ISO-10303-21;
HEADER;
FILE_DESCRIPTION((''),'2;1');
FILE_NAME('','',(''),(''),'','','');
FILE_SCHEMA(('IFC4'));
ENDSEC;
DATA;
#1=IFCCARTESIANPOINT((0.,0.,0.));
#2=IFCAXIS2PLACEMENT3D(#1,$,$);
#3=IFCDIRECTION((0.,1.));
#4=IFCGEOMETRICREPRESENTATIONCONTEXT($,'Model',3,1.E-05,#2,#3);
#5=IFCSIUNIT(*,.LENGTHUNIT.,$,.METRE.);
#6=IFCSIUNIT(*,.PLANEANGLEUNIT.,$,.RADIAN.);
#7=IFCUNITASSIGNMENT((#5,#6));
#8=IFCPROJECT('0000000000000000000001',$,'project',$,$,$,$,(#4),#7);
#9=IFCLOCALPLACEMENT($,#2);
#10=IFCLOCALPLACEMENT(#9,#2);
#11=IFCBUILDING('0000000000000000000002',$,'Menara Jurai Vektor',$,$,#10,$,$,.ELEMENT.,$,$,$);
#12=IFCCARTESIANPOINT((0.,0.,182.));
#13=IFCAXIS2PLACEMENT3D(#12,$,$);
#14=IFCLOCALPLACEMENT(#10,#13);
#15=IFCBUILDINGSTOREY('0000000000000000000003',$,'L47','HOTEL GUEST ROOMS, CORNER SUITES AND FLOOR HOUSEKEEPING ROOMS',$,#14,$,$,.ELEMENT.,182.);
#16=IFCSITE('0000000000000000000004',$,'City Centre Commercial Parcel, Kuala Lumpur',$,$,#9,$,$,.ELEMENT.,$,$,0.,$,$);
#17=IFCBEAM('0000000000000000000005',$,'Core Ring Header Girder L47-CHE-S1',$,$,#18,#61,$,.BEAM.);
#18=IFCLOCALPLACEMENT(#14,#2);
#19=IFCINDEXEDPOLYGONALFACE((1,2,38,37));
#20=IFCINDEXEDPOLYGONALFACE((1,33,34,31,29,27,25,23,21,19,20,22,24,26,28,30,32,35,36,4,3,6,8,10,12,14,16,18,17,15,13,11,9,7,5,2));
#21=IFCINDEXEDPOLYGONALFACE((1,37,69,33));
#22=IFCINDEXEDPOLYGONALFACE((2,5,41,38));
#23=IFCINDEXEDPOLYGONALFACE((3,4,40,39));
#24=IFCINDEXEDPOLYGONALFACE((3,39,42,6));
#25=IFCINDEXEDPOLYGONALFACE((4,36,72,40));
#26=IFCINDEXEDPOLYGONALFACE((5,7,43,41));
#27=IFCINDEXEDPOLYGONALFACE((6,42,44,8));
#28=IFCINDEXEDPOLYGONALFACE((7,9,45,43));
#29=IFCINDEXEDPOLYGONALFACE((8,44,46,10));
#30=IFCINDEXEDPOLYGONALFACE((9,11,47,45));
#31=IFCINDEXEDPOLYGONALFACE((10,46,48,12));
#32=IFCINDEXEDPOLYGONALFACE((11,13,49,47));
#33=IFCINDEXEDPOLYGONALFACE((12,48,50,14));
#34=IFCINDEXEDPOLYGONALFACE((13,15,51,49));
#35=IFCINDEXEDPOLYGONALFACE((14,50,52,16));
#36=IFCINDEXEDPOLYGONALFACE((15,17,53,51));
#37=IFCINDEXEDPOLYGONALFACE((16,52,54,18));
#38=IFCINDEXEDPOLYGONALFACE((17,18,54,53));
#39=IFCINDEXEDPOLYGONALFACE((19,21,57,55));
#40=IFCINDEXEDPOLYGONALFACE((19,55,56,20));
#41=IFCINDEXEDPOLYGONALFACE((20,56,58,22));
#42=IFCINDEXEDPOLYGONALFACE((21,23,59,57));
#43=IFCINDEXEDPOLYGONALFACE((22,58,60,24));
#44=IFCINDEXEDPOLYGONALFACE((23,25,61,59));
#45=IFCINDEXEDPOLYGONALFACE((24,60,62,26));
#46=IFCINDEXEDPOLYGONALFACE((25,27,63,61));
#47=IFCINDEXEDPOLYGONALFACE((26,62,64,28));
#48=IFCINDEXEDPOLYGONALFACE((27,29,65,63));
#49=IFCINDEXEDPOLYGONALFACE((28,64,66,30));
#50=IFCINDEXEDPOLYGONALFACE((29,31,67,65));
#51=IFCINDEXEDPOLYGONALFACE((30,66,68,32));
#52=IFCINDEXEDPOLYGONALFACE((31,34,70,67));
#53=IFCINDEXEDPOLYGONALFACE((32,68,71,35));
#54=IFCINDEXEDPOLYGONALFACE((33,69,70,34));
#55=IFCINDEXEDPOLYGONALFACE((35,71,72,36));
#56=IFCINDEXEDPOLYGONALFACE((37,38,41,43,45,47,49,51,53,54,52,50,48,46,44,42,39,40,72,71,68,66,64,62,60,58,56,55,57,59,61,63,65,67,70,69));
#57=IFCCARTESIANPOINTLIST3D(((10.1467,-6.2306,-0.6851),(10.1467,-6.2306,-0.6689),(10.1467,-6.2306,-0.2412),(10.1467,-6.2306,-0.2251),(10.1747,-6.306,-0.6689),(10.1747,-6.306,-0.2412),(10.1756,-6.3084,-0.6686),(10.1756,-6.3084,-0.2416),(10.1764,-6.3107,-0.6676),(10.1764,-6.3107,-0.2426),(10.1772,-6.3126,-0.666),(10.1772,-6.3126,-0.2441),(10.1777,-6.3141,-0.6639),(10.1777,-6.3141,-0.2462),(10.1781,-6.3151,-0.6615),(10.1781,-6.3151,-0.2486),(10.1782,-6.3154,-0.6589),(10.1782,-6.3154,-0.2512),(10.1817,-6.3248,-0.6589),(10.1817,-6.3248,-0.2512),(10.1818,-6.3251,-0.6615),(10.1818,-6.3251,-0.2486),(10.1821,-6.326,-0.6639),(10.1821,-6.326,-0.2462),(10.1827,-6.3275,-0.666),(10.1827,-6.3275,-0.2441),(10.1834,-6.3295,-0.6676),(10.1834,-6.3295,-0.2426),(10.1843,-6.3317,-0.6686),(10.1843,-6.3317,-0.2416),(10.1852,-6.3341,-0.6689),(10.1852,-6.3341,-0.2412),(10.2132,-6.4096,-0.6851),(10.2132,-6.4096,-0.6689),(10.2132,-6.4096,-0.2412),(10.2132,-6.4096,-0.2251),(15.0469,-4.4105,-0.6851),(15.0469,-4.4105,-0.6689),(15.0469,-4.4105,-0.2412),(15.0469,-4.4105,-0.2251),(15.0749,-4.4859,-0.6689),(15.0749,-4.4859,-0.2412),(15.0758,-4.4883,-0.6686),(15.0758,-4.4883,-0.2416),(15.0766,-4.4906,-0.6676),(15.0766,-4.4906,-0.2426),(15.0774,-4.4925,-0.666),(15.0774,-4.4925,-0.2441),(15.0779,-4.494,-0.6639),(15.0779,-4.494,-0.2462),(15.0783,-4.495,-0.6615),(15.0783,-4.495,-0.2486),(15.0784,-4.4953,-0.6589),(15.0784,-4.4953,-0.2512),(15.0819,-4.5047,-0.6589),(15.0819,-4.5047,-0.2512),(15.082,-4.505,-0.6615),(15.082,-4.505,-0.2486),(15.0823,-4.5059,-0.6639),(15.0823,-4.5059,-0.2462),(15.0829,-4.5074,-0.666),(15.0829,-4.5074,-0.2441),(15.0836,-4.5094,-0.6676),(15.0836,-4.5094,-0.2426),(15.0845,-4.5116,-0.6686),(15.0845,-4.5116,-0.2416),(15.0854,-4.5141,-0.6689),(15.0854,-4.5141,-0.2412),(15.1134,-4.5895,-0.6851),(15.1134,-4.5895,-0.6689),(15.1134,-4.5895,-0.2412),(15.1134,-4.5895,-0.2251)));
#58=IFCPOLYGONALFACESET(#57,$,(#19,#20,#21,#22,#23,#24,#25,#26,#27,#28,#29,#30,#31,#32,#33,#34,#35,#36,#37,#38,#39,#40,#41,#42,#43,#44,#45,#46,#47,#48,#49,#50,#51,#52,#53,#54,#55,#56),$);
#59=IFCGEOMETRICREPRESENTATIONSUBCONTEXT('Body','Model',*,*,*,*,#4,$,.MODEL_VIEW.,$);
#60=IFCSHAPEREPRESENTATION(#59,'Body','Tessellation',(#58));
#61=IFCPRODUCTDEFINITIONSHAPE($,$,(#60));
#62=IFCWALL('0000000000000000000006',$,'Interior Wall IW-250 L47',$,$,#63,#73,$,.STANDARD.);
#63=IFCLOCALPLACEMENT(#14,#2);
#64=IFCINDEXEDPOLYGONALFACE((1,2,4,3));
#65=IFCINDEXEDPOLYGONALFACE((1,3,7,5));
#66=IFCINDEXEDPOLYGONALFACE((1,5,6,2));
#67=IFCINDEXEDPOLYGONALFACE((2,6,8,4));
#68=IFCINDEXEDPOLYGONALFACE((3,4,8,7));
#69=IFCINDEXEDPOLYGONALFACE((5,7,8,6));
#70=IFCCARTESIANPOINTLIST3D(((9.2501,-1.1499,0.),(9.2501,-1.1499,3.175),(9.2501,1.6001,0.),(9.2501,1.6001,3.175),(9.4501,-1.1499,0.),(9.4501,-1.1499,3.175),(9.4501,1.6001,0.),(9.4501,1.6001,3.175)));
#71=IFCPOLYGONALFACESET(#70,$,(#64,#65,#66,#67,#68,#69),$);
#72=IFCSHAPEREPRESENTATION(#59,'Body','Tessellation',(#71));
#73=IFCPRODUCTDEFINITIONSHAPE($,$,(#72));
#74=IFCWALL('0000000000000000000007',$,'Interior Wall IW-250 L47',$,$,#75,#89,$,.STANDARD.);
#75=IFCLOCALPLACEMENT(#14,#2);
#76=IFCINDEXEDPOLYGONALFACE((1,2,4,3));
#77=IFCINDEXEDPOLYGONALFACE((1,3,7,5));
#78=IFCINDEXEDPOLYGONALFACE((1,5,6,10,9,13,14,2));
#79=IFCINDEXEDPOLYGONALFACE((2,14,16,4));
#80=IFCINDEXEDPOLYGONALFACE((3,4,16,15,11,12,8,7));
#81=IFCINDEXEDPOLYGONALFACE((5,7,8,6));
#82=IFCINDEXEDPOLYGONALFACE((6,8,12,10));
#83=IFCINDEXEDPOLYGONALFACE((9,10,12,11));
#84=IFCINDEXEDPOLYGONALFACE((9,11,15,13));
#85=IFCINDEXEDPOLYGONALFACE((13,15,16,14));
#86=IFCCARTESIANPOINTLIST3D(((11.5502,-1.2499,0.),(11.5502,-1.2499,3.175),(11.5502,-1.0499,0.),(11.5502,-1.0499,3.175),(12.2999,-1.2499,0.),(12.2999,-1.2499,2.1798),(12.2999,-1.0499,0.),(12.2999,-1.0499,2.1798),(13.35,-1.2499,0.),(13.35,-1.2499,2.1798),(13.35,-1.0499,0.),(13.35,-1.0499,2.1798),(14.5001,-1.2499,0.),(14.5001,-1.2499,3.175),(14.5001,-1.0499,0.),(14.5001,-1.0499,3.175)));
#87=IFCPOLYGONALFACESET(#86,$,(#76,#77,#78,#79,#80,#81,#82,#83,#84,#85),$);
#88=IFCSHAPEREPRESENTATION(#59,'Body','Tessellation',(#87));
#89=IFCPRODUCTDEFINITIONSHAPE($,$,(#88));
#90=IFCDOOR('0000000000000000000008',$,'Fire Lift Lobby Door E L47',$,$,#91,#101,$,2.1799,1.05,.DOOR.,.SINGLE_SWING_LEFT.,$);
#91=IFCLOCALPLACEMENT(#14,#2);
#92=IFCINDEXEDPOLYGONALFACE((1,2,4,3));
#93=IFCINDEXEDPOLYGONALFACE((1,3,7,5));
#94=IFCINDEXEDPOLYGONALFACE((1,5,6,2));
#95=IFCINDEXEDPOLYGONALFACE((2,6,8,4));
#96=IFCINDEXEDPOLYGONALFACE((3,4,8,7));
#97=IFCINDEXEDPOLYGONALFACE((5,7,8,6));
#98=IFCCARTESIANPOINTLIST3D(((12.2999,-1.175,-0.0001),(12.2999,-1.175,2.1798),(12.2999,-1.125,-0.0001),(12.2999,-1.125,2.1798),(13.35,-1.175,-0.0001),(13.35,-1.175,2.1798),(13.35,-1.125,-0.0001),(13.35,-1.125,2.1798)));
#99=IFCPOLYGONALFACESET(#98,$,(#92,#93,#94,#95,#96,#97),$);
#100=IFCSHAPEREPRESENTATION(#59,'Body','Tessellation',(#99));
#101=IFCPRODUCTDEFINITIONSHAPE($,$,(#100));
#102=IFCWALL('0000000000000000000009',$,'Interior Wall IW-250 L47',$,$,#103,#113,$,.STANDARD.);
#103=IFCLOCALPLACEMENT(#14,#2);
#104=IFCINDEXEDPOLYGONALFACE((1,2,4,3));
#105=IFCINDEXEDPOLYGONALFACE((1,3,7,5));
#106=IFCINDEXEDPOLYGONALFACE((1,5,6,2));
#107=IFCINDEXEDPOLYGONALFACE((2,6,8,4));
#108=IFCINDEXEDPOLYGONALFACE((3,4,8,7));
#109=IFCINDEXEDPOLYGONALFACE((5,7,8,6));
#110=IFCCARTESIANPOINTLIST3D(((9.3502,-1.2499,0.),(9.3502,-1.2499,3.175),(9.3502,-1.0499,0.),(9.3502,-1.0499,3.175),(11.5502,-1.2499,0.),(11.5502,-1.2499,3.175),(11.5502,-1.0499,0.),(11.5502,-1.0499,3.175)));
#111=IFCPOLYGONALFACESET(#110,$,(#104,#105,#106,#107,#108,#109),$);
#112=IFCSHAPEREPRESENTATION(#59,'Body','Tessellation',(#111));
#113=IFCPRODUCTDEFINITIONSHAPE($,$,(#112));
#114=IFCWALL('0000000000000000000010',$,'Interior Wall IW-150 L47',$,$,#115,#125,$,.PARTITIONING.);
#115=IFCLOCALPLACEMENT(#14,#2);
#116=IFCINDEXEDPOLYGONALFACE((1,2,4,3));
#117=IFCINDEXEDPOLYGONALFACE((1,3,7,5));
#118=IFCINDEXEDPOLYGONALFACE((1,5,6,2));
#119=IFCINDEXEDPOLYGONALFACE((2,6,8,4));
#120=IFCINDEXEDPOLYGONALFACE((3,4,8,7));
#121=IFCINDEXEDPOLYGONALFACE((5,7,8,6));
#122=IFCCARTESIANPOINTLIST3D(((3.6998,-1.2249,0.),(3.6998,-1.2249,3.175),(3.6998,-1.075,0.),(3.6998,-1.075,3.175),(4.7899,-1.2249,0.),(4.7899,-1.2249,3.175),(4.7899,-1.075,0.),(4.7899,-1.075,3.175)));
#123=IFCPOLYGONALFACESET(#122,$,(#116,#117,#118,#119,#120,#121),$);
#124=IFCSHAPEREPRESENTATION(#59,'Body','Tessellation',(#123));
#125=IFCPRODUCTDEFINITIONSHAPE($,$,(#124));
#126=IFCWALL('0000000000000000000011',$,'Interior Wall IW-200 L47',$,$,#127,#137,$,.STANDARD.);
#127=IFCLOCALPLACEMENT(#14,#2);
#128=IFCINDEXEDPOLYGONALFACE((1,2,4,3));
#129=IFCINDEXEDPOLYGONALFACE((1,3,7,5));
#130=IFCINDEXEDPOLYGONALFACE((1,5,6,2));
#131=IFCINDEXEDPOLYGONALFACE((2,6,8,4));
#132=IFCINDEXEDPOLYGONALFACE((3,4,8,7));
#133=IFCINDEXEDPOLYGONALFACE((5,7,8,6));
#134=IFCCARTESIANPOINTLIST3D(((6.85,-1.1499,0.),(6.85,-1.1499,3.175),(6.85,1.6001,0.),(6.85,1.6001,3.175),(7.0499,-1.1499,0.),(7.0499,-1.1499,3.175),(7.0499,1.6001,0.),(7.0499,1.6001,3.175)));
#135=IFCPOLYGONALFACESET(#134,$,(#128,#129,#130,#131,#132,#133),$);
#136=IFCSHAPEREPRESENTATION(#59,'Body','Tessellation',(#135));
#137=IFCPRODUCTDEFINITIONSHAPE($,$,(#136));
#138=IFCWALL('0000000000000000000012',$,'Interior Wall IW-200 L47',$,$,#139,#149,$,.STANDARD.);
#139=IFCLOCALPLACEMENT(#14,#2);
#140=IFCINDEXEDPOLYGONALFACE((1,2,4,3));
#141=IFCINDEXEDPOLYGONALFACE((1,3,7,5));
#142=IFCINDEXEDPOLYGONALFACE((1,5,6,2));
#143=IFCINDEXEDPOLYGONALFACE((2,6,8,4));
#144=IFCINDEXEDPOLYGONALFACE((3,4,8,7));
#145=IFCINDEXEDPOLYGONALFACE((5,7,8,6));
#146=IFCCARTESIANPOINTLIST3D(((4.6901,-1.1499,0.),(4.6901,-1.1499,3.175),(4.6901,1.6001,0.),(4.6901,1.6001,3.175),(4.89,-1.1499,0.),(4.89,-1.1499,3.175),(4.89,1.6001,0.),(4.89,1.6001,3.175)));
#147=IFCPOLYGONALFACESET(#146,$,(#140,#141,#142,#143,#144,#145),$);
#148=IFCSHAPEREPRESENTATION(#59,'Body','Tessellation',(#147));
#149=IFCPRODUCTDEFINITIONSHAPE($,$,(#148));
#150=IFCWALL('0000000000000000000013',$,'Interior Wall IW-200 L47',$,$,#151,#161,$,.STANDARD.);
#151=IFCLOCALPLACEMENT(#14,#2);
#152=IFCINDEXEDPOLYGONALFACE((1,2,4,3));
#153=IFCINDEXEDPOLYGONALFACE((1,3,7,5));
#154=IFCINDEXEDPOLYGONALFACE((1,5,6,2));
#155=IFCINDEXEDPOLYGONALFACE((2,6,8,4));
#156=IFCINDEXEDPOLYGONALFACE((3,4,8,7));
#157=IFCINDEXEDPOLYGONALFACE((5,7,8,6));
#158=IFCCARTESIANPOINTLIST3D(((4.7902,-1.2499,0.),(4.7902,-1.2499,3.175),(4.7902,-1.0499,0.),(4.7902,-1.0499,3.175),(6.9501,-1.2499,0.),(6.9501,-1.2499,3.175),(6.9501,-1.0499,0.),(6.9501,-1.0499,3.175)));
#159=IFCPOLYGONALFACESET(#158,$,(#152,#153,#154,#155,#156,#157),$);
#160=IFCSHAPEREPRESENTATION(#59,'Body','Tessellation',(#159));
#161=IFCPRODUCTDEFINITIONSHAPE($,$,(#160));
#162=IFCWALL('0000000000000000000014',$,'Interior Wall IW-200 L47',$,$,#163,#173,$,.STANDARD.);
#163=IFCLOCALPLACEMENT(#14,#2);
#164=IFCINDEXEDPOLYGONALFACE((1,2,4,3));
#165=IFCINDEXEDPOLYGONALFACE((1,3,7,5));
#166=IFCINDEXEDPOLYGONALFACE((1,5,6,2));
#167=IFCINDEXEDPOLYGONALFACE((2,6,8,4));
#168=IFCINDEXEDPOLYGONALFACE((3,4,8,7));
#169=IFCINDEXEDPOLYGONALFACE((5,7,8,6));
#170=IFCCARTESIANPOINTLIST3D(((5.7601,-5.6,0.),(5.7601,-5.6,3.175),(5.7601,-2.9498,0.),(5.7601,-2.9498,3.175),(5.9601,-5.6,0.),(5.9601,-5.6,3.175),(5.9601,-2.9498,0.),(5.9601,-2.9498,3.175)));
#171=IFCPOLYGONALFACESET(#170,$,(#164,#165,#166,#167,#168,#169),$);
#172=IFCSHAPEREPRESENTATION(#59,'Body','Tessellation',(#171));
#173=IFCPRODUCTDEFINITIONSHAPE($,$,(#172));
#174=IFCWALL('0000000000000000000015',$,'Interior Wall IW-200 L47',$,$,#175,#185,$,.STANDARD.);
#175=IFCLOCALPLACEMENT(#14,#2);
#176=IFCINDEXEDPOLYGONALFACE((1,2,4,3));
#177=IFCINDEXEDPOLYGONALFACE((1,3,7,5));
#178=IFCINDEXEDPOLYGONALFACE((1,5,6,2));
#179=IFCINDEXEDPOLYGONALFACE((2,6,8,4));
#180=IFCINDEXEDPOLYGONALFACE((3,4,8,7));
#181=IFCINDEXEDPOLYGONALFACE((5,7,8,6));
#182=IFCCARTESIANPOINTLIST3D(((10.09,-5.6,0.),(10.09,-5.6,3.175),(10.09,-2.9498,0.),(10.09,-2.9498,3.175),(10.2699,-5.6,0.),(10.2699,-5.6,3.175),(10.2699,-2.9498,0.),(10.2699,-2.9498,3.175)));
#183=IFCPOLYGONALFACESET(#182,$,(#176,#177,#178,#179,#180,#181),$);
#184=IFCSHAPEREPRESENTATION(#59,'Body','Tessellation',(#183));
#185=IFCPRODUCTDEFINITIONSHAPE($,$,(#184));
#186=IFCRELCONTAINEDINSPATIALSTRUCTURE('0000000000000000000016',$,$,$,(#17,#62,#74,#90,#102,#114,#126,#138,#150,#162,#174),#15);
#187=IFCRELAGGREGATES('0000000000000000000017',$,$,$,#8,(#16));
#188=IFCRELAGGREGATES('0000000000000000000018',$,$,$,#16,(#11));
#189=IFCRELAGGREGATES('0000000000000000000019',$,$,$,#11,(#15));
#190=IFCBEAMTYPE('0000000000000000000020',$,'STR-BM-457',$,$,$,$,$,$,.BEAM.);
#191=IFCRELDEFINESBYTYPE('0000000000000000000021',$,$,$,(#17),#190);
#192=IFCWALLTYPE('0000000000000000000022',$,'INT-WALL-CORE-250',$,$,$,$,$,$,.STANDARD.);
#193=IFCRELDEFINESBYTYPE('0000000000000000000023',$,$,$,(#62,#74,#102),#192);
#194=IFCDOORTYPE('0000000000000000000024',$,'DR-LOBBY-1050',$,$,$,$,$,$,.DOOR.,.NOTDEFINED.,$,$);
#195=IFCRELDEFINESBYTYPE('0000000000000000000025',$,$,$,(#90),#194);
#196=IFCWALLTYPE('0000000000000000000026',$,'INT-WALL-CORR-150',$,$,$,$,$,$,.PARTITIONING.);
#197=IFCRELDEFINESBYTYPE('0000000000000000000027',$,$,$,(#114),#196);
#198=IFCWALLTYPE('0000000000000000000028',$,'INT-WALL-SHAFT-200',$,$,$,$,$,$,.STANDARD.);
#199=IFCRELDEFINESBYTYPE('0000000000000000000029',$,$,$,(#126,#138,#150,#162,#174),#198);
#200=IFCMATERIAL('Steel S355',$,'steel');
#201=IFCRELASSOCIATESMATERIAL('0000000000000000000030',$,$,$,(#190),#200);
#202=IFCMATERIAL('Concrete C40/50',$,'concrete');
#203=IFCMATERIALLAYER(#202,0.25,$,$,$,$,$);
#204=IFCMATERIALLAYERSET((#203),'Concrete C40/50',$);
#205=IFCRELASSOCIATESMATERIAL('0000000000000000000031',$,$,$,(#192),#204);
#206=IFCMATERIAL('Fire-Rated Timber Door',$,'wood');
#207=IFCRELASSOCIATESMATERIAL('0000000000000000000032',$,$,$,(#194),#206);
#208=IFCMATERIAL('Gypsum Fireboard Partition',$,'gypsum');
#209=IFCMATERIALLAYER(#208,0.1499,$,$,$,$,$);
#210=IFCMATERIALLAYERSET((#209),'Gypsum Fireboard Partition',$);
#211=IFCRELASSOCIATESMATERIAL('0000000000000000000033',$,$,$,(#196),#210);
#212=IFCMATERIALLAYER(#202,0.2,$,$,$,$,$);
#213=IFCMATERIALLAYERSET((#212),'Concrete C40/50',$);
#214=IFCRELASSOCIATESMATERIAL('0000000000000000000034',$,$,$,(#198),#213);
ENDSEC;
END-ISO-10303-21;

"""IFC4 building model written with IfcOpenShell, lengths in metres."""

from ifc_helpers import new_model, si_unit, direction, frame, frame_2d, origin, origin_2d, place, context, subcontext, project, spatial, rectangle, i_section, extrude, material, layer, layer_set, material_profile, profile_set, type_object, element, fill, save


model = new_model("IFC4")

# Units and contexts
model_context = context("Model", 3, precision=1e-05, world=origin(), true_north=direction((0.0, 1.0)))
body_context = subcontext(model_context, "Body", "Model", "MODEL_VIEW")
ifc_project = project(units=[si_unit("LENGTHUNIT", "METRE"), si_unit("PLANEANGLEUNIT", "RADIAN")], contexts=[model_context])

# Site, building, storey
site_placement = place(None, origin())
site = spatial("IfcSite", under=ifc_project, at=site_placement, Name="City Centre Commercial Parcel, Kuala Lumpur", CompositionType="ELEMENT", RefElevation=0.0)
building_placement = place(site_placement, origin())
building = spatial("IfcBuilding", under=site, at=building_placement, Name="Menara Jurai Vektor", CompositionType="ELEMENT")
storey_placement = place(building_placement, frame((0.0, 0.0, 182.0)))
storey = spatial("IfcBuildingStorey", under=building, at=storey_placement, Name="L47", Description="HOTEL GUEST ROOMS, CORNER SUITES AND FLOOR HOUSEKEEPING ROOMS", CompositionType="ELEMENT", Elevation=182.0)

# Beam
ifc_material_1 = material(Name="Steel S355", Category="steel")
ifc_material_profile = material_profile(ifc_material_1, i_section(OverallWidth=0.1909, OverallDepth=0.46, WebThickness=0.01, FlangeThickness=0.0161, FilletRadius=0.01, at=origin_2d()), Name="UKB 457x191x82")
ifc_profile_set = profile_set([ifc_material_profile], Name="Steel S355")
beam_type = type_object("IfcBeamType", Name="STR-BM-457", PredefinedType="BEAM", material=ifc_profile_set)
beam_placement = place(storey_placement, frame((10.1799, -6.3201, -0.4551), z_axis=(0.937424, 0.348189, 0.0), x_axis=(-0.348189, 0.937424, 0.0)))
element("IfcBeam", 1, at=beam_placement, inside=storey, type_object=beam_type, Name="Core Ring Header Girder L47-CHE-S1", PredefinedType="BEAM", context=body_context, shape_type="SweptSolid", body=[
    extrude(i_section(OverallWidth=0.1909, OverallDepth=0.46, WebThickness=0.01, FlangeThickness=0.0161, FilletRadius=0.01, at=origin_2d()), origin(), (0.0, 0.0, 1.0), 5.2273),
])

# Shared definitions
ifc_material_2 = material(Name="Concrete C40/50", Category="concrete")
ifc_layer_1 = layer(ifc_material_2, 0.25)
ifc_layer_set_1 = layer_set([ifc_layer_1], Name="Concrete C40/50")
wall_type_1 = type_object("IfcWallType", Name="INT-WALL-CORE-250", PredefinedType="STANDARD", material=ifc_layer_set_1)

# Wall
wall_1_placement = place(storey_placement, frame((9.3501, -1.1499, 0.0), z_axis=(0.0, 0.0, 1.0), x_axis=(0.0, 1.0, 0.0)))
element("IfcWall", 2, at=wall_1_placement, inside=storey, type_object=wall_type_1, Name="Interior Wall IW-250 L47", PredefinedType="STANDARD", context=body_context, shape_type="SweptSolid", body=[
    extrude(rectangle(XDim=2.75, YDim=0.2, at=frame_2d((1.375, 0.0))), origin(), (0.0, 0.0, 1.0), 3.175),
])

# Wall, opening, door
wall_2_placement = place(storey_placement, frame((11.55, -1.1499, 0.0), z_axis=(0.0, 0.0, 1.0), x_axis=(1.0, 0.0, 0.0)))
wall_2 = element("IfcWall", 3, at=wall_2_placement, inside=storey, type_object=wall_type_1, Name="Interior Wall IW-250 L47", PredefinedType="STANDARD", context=body_context, shape_type="SweptSolid", body=[
    extrude(rectangle(XDim=2.95, YDim=0.2, at=frame_2d((1.4751, 0.0))), origin(), (0.0, 0.0, 1.0), 3.175),
])
opening_1_placement = place(wall_2_placement, frame((0.75, 0.0, 0.0)))
opening_1 = element("IfcOpeningElement", 4, at=opening_1_placement, cuts=wall_2, PredefinedType="OPENING", context=body_context, shape_type="SweptSolid", body=[
    extrude(rectangle(XDim=1.05, YDim=2.1799, at=frame_2d((0.5249, 1.0898))), frame((0.0, 0.1099, 0.0), z_axis=(0.0, -1.0, 0.0), x_axis=(1.0, 0.0, 0.0)), (0.0, 0.0, 1.0), 0.22),
])
ifc_material_3 = material(Name="Fire-Rated Timber Door", Category="wood")
door_type_1 = type_object("IfcDoorType", Name="DR-LOBBY-1050", OperationType="NOTDEFINED", PredefinedType="DOOR", material=ifc_material_3)
door_1_placement = place(opening_1_placement, origin())
door_1 = element("IfcDoor", 5, at=door_1_placement, inside=storey, type_object=door_type_1, Name="Fire Lift Lobby Door E L47", OperationType="SINGLE_SWING_LEFT", OverallHeight=2.1799, OverallWidth=1.05, PredefinedType="DOOR", context=body_context, shape_type="SweptSolid", body=[
    extrude(rectangle(XDim=1.05, YDim=2.1799, at=frame_2d((0.5249, 1.0898))), frame((0.0, 0.0249, 0.0), z_axis=(0.0, -1.0, 0.0), x_axis=(1.0, 0.0, 0.0)), (0.0, 0.0, 1.0), 0.05),
])
fill(opening_1, door_1)

# Walls
wall_3_placement = place(storey_placement, frame((9.3501, -1.1499, 0.0), z_axis=(0.0, 0.0, 1.0), x_axis=(1.0, 0.0, 0.0)))
element("IfcWall", 6, at=wall_3_placement, inside=storey, type_object=wall_type_1, Name="Interior Wall IW-250 L47", PredefinedType="STANDARD", context=body_context, shape_type="SweptSolid", body=[
    extrude(rectangle(XDim=2.2, YDim=0.2, at=frame_2d((1.1001, 0.0))), origin(), (0.0, 0.0, 1.0), 3.175),
])
ifc_material_4 = material(Name="Gypsum Fireboard Partition", Category="gypsum")
ifc_layer_2 = layer(ifc_material_4, 0.1499)
ifc_layer_set_2 = layer_set([ifc_layer_2], Name="Gypsum Fireboard Partition")
wall_type_2 = type_object("IfcWallType", Name="INT-WALL-CORR-150", PredefinedType="PARTITIONING", material=ifc_layer_set_2)
wall_4_placement = place(storey_placement, frame((3.7, -1.1499, 0.0), z_axis=(0.0, 0.0, 1.0), x_axis=(1.0, 0.0, 0.0)))
element("IfcWall", 7, at=wall_4_placement, inside=storey, type_object=wall_type_2, Name="Interior Wall IW-150 L47", PredefinedType="PARTITIONING", context=body_context, shape_type="SweptSolid", body=[
    extrude(rectangle(XDim=1.0901, YDim=0.1499, at=frame_2d((0.5449, 0.0))), origin(), (0.0, 0.0, 1.0), 3.175),
])
ifc_layer_3 = layer(ifc_material_2, 0.2)
ifc_layer_set_3 = layer_set([ifc_layer_3], Name="Concrete C40/50")
wall_type_3 = type_object("IfcWallType", Name="INT-WALL-SHAFT-200", PredefinedType="STANDARD", material=ifc_layer_set_3)
wall_5_placement = place(storey_placement, frame((6.95, -1.1499, 0.0), z_axis=(0.0, 0.0, 1.0), x_axis=(0.0, 1.0, 0.0)))
element("IfcWall", 8, at=wall_5_placement, inside=storey, type_object=wall_type_3, Name="Interior Wall IW-200 L47", PredefinedType="STANDARD", context=body_context, shape_type="SweptSolid", body=[
    extrude(rectangle(XDim=2.75, YDim=0.2, at=frame_2d((1.375, 0.0))), origin(), (0.0, 0.0, 1.0), 3.175),
])

# Walls
wall_6_placement = place(storey_placement, frame((4.79, -1.1499, 0.0), z_axis=(0.0, 0.0, 1.0), x_axis=(0.0, 1.0, 0.0)))
element("IfcWall", 9, at=wall_6_placement, inside=storey, type_object=wall_type_3, Name="Interior Wall IW-200 L47", PredefinedType="STANDARD", context=body_context, shape_type="SweptSolid", body=[
    extrude(rectangle(XDim=2.75, YDim=0.2, at=frame_2d((1.375, 0.0))), origin(), (0.0, 0.0, 1.0), 3.175),
])
wall_7_placement = place(storey_placement, frame((4.79, -1.1499, 0.0), z_axis=(0.0, 0.0, 1.0), x_axis=(1.0, 0.0, 0.0)))
element("IfcWall", 10, at=wall_7_placement, inside=storey, type_object=wall_type_3, Name="Interior Wall IW-200 L47", PredefinedType="STANDARD", context=body_context, shape_type="SweptSolid", body=[
    extrude(rectangle(XDim=2.1599, YDim=0.2, at=frame_2d((1.0801, 0.0))), origin(), (0.0, 0.0, 1.0), 3.175),
])
wall_8_placement = place(storey_placement, frame((5.8601, -5.6001, 0.0), z_axis=(0.0, 0.0, 1.0), x_axis=(0.0, 1.0, 0.0)))
element("IfcWall", 11, at=wall_8_placement, inside=storey, type_object=wall_type_3, Name="Interior Wall IW-200 L47", PredefinedType="STANDARD", context=body_context, shape_type="SweptSolid", body=[
    extrude(rectangle(XDim=2.6501, YDim=0.2, at=frame_2d((1.3252, 0.0))), origin(), (0.0, 0.0, 1.0), 3.175),
])
for number, where, z_axis, x_axis, name in (
    (12, (10.1799, -5.6001, 0.0), (0.0, 0.0, 1.0), (0.0, 1.0, 0.0), "Interior Wall IW-200 L47"),
):
    element("IfcWall", number, at=place(storey_placement, frame(where, z_axis=z_axis, x_axis=x_axis)), inside=storey, type_object=wall_type_3, Name=name, PredefinedType="STANDARD", context=body_context, shape_type="SweptSolid", body=[
        extrude(rectangle(XDim=2.6501, YDim=0.1799, at=frame_2d((1.3252, 0.0))), origin(), (0.0, 0.0, 1.0), 3.175),
    ])

save(model, "model.ifc")
